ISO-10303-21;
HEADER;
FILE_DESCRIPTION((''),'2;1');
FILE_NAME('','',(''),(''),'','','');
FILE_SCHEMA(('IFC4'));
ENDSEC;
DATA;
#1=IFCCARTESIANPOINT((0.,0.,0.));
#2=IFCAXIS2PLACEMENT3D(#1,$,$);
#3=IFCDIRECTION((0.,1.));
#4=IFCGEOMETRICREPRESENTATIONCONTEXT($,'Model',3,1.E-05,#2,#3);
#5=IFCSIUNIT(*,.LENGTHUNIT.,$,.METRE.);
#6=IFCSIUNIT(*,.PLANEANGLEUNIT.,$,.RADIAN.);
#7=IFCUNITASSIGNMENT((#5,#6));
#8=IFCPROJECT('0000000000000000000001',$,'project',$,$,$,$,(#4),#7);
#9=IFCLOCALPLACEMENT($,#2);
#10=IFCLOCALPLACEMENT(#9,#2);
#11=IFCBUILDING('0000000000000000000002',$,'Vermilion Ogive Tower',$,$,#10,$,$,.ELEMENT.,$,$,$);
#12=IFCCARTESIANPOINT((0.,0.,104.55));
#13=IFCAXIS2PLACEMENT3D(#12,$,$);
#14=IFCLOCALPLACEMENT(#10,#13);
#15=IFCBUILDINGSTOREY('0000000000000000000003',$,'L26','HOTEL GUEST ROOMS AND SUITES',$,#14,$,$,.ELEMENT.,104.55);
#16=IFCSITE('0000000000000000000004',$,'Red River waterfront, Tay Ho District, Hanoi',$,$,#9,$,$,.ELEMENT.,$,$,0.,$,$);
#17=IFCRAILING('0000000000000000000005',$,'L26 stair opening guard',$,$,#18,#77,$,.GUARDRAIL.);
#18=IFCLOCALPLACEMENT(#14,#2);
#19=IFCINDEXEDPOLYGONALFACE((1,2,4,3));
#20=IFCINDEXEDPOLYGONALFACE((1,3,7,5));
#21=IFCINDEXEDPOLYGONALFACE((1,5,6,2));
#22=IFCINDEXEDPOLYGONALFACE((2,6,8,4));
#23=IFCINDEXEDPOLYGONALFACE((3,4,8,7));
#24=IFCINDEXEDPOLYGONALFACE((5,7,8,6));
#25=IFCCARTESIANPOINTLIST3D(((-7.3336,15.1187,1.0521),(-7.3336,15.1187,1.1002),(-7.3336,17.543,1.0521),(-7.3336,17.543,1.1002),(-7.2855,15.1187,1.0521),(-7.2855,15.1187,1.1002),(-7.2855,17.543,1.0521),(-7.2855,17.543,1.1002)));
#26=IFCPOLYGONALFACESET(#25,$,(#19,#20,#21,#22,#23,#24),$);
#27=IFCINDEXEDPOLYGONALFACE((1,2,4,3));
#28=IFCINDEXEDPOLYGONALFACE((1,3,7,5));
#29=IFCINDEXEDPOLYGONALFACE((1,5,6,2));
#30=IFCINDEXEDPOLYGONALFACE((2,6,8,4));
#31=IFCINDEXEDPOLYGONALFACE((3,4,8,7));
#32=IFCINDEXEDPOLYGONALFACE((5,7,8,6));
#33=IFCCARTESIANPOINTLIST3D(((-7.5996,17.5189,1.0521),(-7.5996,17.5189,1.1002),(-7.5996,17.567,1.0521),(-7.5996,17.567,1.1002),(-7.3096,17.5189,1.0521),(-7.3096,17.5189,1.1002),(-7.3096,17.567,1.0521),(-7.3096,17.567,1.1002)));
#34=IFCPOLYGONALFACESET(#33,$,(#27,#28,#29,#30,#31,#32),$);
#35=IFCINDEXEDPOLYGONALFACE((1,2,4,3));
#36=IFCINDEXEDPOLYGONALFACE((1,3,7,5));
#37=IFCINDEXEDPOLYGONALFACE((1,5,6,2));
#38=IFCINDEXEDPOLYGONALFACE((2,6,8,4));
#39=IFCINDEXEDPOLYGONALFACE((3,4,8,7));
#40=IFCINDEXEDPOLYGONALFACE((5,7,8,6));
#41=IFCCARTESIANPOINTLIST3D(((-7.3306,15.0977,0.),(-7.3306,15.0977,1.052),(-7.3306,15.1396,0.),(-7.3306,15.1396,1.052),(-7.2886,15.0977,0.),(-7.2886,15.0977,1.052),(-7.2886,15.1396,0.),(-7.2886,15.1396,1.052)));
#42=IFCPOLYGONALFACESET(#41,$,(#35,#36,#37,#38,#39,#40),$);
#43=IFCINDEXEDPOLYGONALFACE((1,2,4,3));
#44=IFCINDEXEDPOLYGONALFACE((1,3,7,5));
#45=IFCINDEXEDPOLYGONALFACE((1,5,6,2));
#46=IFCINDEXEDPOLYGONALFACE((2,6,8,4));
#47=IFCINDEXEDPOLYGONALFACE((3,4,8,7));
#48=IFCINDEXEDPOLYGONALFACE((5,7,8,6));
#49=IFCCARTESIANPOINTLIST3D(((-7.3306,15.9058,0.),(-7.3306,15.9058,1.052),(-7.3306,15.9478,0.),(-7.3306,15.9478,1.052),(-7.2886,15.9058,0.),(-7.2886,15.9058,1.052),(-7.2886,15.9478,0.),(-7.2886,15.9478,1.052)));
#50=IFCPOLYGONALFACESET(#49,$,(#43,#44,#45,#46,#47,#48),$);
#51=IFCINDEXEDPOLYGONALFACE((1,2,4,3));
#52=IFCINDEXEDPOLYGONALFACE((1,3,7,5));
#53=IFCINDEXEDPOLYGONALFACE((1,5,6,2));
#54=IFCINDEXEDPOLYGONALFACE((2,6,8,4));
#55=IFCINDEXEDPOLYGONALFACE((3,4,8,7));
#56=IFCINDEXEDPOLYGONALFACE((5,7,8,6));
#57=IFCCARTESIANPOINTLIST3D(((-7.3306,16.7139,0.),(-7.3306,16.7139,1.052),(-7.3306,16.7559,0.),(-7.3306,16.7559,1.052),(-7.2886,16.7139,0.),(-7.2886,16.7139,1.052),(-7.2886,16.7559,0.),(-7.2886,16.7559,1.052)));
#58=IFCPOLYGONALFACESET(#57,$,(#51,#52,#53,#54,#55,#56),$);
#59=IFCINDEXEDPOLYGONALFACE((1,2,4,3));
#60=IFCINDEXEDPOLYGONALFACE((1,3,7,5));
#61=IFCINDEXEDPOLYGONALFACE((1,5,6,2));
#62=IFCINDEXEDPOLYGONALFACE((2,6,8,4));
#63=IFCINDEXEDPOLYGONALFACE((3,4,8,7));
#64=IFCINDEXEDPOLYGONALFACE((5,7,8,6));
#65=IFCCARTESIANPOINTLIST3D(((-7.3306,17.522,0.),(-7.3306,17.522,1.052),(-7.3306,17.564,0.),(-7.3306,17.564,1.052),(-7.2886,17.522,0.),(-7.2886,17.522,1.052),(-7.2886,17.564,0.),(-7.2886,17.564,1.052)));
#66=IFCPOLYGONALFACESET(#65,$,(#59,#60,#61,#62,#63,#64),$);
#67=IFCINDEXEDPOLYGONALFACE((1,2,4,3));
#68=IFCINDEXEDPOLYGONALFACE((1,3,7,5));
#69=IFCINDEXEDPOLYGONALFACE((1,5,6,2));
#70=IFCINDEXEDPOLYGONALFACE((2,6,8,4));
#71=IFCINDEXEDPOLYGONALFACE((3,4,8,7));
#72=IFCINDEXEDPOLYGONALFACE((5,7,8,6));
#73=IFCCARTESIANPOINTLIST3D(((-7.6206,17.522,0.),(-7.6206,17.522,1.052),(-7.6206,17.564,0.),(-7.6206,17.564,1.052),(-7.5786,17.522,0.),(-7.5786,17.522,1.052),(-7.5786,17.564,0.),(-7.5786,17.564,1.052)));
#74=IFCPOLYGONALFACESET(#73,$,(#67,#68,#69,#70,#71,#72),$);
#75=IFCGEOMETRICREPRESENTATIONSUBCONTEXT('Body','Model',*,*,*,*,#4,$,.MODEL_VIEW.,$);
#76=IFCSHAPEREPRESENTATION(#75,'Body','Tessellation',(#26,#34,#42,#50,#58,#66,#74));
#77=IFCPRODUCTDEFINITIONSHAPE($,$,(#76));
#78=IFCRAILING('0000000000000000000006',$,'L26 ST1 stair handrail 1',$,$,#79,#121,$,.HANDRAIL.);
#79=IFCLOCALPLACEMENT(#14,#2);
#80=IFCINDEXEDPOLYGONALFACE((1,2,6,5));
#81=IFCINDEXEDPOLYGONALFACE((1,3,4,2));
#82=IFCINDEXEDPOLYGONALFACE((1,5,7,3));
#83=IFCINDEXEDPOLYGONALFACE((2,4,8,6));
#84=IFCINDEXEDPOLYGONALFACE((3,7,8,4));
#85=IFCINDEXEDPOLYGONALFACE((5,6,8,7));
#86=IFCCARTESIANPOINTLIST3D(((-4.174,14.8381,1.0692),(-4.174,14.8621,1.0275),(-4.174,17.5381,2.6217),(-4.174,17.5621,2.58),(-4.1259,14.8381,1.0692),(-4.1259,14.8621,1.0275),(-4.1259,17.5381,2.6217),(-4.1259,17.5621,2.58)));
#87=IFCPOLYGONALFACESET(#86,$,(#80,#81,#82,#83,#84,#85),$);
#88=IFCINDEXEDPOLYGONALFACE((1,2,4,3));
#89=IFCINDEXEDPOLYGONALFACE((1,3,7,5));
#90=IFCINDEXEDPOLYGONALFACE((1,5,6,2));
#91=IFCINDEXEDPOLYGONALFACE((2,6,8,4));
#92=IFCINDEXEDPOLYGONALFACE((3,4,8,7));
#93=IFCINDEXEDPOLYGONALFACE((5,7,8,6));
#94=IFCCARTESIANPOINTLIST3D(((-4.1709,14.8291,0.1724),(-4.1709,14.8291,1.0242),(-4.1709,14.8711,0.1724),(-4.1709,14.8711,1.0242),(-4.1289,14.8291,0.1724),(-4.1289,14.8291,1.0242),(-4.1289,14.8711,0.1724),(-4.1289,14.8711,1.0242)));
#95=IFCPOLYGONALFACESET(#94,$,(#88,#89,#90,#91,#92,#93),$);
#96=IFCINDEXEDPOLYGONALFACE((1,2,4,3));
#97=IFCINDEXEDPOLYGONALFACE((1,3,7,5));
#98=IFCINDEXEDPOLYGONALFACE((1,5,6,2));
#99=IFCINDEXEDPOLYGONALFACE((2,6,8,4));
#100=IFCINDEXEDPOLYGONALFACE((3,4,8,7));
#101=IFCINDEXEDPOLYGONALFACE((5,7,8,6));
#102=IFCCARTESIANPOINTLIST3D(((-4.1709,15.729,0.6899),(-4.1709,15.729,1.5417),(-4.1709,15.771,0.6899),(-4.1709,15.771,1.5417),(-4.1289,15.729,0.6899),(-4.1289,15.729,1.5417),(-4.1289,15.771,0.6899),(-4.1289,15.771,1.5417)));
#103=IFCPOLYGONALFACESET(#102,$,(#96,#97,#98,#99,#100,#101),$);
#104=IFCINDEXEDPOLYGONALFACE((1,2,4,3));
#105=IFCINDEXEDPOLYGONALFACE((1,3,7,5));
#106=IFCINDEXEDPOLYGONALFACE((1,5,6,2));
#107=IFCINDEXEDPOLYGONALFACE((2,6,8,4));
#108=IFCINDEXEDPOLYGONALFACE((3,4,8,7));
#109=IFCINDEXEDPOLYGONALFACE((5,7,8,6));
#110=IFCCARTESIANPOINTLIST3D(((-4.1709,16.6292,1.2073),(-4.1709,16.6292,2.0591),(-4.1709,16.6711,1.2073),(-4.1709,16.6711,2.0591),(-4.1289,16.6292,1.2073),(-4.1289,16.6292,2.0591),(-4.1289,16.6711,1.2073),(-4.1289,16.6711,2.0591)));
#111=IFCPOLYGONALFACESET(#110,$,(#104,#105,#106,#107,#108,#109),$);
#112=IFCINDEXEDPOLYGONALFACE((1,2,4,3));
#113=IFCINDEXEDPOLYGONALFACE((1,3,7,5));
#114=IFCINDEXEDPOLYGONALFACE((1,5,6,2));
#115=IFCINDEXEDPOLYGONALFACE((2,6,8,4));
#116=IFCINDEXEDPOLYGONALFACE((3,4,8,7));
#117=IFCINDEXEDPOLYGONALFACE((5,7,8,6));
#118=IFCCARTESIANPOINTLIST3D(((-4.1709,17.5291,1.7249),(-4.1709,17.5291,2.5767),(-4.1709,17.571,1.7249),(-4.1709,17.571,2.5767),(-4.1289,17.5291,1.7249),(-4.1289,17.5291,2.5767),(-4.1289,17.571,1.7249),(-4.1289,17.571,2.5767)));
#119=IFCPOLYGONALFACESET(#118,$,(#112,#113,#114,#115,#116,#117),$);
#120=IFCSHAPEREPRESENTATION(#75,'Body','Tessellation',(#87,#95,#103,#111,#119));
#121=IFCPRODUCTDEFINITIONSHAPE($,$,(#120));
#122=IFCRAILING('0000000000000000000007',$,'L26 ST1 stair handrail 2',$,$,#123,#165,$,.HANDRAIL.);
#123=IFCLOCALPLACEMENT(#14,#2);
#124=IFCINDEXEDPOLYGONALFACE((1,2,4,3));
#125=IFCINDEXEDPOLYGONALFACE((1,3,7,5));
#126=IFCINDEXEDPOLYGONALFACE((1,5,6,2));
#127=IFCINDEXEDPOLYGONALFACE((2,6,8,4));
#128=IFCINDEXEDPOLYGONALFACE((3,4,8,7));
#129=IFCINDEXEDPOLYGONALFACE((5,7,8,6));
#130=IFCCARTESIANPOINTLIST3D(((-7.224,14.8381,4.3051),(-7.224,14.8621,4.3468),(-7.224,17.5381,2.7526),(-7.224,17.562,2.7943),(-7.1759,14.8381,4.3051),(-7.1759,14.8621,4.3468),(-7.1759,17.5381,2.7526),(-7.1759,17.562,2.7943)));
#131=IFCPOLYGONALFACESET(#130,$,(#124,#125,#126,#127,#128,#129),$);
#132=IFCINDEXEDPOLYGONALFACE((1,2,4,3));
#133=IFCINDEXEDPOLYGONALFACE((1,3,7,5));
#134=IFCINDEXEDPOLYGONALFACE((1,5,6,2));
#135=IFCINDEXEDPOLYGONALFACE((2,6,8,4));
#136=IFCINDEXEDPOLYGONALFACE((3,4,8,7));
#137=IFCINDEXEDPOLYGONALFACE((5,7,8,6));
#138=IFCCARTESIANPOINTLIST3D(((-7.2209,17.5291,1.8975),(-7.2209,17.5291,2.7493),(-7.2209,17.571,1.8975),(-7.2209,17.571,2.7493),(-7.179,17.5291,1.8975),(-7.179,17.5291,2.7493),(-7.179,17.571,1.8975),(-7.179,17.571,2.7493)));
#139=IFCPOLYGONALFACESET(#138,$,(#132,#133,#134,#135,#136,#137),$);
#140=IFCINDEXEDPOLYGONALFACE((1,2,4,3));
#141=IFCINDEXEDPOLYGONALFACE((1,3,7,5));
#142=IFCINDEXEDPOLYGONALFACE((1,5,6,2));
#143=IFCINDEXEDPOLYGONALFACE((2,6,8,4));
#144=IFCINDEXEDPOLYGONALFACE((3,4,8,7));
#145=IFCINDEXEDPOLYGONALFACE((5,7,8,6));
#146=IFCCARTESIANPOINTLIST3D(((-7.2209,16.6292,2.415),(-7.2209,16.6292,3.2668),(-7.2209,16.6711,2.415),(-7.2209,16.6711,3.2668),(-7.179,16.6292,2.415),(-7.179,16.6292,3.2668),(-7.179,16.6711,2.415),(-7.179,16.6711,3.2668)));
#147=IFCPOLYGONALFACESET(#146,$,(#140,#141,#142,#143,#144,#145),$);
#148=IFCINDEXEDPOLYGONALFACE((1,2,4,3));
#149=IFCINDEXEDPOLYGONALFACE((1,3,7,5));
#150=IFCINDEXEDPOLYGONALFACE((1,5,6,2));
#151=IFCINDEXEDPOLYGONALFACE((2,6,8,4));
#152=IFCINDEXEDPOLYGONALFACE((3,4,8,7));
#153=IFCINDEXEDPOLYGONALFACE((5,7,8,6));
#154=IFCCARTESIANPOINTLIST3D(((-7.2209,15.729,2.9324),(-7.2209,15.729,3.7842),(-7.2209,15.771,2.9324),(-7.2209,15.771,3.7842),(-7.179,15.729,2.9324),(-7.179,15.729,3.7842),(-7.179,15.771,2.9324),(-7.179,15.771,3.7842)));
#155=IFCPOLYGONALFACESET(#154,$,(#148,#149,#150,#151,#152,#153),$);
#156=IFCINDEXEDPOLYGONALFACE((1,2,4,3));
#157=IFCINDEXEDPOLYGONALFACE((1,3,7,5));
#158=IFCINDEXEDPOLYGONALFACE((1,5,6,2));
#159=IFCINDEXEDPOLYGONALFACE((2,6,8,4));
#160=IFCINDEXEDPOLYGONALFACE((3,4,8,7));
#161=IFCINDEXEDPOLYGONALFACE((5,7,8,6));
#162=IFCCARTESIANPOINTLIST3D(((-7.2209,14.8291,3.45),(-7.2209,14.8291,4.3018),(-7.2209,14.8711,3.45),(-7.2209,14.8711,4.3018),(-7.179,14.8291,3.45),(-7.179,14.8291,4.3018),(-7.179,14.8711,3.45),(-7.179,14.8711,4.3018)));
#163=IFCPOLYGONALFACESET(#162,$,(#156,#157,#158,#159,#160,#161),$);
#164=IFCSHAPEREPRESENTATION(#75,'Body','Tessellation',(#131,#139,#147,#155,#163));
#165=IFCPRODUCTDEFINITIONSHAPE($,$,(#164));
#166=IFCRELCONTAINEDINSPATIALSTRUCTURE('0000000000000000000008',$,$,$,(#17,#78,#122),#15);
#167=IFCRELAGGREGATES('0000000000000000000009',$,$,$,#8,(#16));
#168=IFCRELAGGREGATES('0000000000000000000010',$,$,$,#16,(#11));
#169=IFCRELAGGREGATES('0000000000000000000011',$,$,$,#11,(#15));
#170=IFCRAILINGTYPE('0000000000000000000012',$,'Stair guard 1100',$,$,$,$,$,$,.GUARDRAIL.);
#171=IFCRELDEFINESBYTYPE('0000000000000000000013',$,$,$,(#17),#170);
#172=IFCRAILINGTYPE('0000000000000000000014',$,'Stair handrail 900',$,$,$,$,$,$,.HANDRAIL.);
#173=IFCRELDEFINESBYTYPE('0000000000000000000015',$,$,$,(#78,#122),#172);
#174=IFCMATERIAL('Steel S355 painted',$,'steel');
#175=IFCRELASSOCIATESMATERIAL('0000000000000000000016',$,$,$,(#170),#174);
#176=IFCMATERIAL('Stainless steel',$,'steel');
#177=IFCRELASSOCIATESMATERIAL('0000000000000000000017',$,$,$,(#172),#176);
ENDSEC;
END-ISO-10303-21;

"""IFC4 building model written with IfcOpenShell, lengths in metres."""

from ifc_helpers import new_model, si_unit, direction, frame, origin, origin_2d, place, context, subcontext, project, spatial, rectangle, extrude, material, type_object, element, save


model = new_model("IFC4")

# Units and contexts
model_context = context("Model", 3, precision=1e-05, world=origin(), true_north=direction((0.0, 1.0)))
body_context = subcontext(model_context, "Body", "Model", "MODEL_VIEW")
ifc_project = project(units=[si_unit("LENGTHUNIT", "METRE"), si_unit("PLANEANGLEUNIT", "RADIAN")], contexts=[model_context])

# Site, building, storey
site_placement = place(None, origin())
site = spatial("IfcSite", under=ifc_project, at=site_placement, Name="Red River waterfront, Tay Ho District, Hanoi", CompositionType="ELEMENT", RefElevation=0.0)
building_placement = place(site_placement, origin())
building = spatial("IfcBuilding", under=site, at=building_placement, Name="Vermilion Ogive Tower", CompositionType="ELEMENT")
storey_placement = place(building_placement, frame((0.0, 0.0, 104.55)))
storey = spatial("IfcBuildingStorey", under=building, at=storey_placement, Name="L26", Description="HOTEL GUEST ROOMS AND SUITES", CompositionType="ELEMENT", Elevation=104.55)

# Railings
ifc_material_1 = material(Name="Steel S355 painted", Category="steel")
railing_type_1 = type_object("IfcRailingType", Name="Stair guard 1100", PredefinedType="GUARDRAIL", material=ifc_material_1)
railing_1_placement = place(storey_placement, frame((-7.3096, 15.1187, 0.0)))
element("IfcRailing", 1, at=railing_1_placement, inside=storey, type_object=railing_type_1, Name="L26 stair opening guard", PredefinedType="GUARDRAIL", context=body_context, shape_type="SweptSolid", body=[
    extrude(rectangle(XDim=0.0481, YDim=0.0481, at=origin_2d()), frame((0.0, 0.0, 1.0762), z_axis=(0.0, 1.0, 0.0), x_axis=(-1.0, 0.0, 0.0)), (0.0, 0.0, 1.0), 2.4243),
    extrude(rectangle(XDim=0.0481, YDim=0.0481, at=origin_2d()), frame((0.0, 2.4243, 1.0762), z_axis=(-1.0, 0.0, 0.0), x_axis=(0.0, -1.0, 0.0)), (0.0, 0.0, 1.0), 0.29),
    extrude(rectangle(XDim=0.042, YDim=0.042, at=origin_2d()), origin(), (0.0, 0.0, 1.0), 1.052),
    extrude(rectangle(XDim=0.042, YDim=0.042, at=origin_2d()), frame((0.0, 0.8081, 0.0)), (0.0, 0.0, 1.0), 1.052),
    extrude(rectangle(XDim=0.042, YDim=0.042, at=origin_2d()), frame((0.0, 1.6162, 0.0)), (0.0, 0.0, 1.0), 1.052),
    extrude(rectangle(XDim=0.042, YDim=0.042, at=origin_2d()), frame((0.0, 2.4243, 0.0)), (0.0, 0.0, 1.0), 1.052),
    extrude(rectangle(XDim=0.042, YDim=0.042, at=origin_2d()), frame((-0.29, 2.4243, 0.0)), (0.0, 0.0, 1.0), 1.052),
])
ifc_material_2 = material(Name="Stainless steel", Category="steel")
railing_type_2 = type_object("IfcRailingType", Name="Stair handrail 900", PredefinedType="HANDRAIL", material=ifc_material_2)
railing_2_placement = place(storey_placement, frame((-4.1499, 14.8501, 0.1724)))
element("IfcRailing", 2, at=railing_2_placement, inside=storey, type_object=railing_type_2, Name="L26 ST1 stair handrail 1", PredefinedType="HANDRAIL", context=body_context, shape_type="SweptSolid", body=[
    extrude(rectangle(XDim=0.0481, YDim=0.0481, at=origin_2d()), frame((0.0, 0.0, 0.876), z_axis=(0.0, 0.866904, 0.498476), x_axis=(-1.0, 0.0, 0.0)), (0.0, 0.0, 1.0), 3.1145),
    extrude(rectangle(XDim=0.042, YDim=0.042, at=origin_2d()), origin(), (0.0, 0.0, 1.0), 0.8518),
    extrude(rectangle(XDim=0.042, YDim=0.042, at=origin_2d()), frame((0.0, 0.8999, 0.5176)), (0.0, 0.0, 1.0), 0.8518),
    extrude(rectangle(XDim=0.042, YDim=0.042, at=origin_2d()), frame((0.0, 1.8, 1.0349)), (0.0, 0.0, 1.0), 0.8518),
    extrude(rectangle(XDim=0.042, YDim=0.042, at=origin_2d()), frame((0.0, 2.7, 1.5525)), (0.0, 0.0, 1.0), 0.8518),
])
railing_3_placement = place(storey_placement, frame((-7.2, 17.55, 1.8975)))
element("IfcRailing", 3, at=railing_3_placement, inside=storey, type_object=railing_type_2, Name="L26 ST1 stair handrail 2", PredefinedType="HANDRAIL", context=body_context, shape_type="SweptSolid", body=[
    extrude(rectangle(XDim=0.0481, YDim=0.0481, at=origin_2d()), frame((0.0, 0.0, 0.876), z_axis=(0.0, -0.866904, 0.498476), x_axis=(1.0, 0.0, 0.0)), (0.0, 0.0, 1.0), 3.1145),
    extrude(rectangle(XDim=0.042, YDim=0.042, at=origin_2d()), origin(), (0.0, 0.0, 1.0), 0.8518),
    extrude(rectangle(XDim=0.042, YDim=0.042, at=origin_2d()), frame((0.0, -0.8999, 0.5176)), (0.0, 0.0, 1.0), 0.8518),
    extrude(rectangle(XDim=0.042, YDim=0.042, at=origin_2d()), frame((0.0, -1.8, 1.0349)), (0.0, 0.0, 1.0), 0.8518),
    extrude(rectangle(XDim=0.042, YDim=0.042, at=origin_2d()), frame((0.0, -2.7, 1.5525)), (0.0, 0.0, 1.0), 0.8518),
])

save(model, "model.ifc")
